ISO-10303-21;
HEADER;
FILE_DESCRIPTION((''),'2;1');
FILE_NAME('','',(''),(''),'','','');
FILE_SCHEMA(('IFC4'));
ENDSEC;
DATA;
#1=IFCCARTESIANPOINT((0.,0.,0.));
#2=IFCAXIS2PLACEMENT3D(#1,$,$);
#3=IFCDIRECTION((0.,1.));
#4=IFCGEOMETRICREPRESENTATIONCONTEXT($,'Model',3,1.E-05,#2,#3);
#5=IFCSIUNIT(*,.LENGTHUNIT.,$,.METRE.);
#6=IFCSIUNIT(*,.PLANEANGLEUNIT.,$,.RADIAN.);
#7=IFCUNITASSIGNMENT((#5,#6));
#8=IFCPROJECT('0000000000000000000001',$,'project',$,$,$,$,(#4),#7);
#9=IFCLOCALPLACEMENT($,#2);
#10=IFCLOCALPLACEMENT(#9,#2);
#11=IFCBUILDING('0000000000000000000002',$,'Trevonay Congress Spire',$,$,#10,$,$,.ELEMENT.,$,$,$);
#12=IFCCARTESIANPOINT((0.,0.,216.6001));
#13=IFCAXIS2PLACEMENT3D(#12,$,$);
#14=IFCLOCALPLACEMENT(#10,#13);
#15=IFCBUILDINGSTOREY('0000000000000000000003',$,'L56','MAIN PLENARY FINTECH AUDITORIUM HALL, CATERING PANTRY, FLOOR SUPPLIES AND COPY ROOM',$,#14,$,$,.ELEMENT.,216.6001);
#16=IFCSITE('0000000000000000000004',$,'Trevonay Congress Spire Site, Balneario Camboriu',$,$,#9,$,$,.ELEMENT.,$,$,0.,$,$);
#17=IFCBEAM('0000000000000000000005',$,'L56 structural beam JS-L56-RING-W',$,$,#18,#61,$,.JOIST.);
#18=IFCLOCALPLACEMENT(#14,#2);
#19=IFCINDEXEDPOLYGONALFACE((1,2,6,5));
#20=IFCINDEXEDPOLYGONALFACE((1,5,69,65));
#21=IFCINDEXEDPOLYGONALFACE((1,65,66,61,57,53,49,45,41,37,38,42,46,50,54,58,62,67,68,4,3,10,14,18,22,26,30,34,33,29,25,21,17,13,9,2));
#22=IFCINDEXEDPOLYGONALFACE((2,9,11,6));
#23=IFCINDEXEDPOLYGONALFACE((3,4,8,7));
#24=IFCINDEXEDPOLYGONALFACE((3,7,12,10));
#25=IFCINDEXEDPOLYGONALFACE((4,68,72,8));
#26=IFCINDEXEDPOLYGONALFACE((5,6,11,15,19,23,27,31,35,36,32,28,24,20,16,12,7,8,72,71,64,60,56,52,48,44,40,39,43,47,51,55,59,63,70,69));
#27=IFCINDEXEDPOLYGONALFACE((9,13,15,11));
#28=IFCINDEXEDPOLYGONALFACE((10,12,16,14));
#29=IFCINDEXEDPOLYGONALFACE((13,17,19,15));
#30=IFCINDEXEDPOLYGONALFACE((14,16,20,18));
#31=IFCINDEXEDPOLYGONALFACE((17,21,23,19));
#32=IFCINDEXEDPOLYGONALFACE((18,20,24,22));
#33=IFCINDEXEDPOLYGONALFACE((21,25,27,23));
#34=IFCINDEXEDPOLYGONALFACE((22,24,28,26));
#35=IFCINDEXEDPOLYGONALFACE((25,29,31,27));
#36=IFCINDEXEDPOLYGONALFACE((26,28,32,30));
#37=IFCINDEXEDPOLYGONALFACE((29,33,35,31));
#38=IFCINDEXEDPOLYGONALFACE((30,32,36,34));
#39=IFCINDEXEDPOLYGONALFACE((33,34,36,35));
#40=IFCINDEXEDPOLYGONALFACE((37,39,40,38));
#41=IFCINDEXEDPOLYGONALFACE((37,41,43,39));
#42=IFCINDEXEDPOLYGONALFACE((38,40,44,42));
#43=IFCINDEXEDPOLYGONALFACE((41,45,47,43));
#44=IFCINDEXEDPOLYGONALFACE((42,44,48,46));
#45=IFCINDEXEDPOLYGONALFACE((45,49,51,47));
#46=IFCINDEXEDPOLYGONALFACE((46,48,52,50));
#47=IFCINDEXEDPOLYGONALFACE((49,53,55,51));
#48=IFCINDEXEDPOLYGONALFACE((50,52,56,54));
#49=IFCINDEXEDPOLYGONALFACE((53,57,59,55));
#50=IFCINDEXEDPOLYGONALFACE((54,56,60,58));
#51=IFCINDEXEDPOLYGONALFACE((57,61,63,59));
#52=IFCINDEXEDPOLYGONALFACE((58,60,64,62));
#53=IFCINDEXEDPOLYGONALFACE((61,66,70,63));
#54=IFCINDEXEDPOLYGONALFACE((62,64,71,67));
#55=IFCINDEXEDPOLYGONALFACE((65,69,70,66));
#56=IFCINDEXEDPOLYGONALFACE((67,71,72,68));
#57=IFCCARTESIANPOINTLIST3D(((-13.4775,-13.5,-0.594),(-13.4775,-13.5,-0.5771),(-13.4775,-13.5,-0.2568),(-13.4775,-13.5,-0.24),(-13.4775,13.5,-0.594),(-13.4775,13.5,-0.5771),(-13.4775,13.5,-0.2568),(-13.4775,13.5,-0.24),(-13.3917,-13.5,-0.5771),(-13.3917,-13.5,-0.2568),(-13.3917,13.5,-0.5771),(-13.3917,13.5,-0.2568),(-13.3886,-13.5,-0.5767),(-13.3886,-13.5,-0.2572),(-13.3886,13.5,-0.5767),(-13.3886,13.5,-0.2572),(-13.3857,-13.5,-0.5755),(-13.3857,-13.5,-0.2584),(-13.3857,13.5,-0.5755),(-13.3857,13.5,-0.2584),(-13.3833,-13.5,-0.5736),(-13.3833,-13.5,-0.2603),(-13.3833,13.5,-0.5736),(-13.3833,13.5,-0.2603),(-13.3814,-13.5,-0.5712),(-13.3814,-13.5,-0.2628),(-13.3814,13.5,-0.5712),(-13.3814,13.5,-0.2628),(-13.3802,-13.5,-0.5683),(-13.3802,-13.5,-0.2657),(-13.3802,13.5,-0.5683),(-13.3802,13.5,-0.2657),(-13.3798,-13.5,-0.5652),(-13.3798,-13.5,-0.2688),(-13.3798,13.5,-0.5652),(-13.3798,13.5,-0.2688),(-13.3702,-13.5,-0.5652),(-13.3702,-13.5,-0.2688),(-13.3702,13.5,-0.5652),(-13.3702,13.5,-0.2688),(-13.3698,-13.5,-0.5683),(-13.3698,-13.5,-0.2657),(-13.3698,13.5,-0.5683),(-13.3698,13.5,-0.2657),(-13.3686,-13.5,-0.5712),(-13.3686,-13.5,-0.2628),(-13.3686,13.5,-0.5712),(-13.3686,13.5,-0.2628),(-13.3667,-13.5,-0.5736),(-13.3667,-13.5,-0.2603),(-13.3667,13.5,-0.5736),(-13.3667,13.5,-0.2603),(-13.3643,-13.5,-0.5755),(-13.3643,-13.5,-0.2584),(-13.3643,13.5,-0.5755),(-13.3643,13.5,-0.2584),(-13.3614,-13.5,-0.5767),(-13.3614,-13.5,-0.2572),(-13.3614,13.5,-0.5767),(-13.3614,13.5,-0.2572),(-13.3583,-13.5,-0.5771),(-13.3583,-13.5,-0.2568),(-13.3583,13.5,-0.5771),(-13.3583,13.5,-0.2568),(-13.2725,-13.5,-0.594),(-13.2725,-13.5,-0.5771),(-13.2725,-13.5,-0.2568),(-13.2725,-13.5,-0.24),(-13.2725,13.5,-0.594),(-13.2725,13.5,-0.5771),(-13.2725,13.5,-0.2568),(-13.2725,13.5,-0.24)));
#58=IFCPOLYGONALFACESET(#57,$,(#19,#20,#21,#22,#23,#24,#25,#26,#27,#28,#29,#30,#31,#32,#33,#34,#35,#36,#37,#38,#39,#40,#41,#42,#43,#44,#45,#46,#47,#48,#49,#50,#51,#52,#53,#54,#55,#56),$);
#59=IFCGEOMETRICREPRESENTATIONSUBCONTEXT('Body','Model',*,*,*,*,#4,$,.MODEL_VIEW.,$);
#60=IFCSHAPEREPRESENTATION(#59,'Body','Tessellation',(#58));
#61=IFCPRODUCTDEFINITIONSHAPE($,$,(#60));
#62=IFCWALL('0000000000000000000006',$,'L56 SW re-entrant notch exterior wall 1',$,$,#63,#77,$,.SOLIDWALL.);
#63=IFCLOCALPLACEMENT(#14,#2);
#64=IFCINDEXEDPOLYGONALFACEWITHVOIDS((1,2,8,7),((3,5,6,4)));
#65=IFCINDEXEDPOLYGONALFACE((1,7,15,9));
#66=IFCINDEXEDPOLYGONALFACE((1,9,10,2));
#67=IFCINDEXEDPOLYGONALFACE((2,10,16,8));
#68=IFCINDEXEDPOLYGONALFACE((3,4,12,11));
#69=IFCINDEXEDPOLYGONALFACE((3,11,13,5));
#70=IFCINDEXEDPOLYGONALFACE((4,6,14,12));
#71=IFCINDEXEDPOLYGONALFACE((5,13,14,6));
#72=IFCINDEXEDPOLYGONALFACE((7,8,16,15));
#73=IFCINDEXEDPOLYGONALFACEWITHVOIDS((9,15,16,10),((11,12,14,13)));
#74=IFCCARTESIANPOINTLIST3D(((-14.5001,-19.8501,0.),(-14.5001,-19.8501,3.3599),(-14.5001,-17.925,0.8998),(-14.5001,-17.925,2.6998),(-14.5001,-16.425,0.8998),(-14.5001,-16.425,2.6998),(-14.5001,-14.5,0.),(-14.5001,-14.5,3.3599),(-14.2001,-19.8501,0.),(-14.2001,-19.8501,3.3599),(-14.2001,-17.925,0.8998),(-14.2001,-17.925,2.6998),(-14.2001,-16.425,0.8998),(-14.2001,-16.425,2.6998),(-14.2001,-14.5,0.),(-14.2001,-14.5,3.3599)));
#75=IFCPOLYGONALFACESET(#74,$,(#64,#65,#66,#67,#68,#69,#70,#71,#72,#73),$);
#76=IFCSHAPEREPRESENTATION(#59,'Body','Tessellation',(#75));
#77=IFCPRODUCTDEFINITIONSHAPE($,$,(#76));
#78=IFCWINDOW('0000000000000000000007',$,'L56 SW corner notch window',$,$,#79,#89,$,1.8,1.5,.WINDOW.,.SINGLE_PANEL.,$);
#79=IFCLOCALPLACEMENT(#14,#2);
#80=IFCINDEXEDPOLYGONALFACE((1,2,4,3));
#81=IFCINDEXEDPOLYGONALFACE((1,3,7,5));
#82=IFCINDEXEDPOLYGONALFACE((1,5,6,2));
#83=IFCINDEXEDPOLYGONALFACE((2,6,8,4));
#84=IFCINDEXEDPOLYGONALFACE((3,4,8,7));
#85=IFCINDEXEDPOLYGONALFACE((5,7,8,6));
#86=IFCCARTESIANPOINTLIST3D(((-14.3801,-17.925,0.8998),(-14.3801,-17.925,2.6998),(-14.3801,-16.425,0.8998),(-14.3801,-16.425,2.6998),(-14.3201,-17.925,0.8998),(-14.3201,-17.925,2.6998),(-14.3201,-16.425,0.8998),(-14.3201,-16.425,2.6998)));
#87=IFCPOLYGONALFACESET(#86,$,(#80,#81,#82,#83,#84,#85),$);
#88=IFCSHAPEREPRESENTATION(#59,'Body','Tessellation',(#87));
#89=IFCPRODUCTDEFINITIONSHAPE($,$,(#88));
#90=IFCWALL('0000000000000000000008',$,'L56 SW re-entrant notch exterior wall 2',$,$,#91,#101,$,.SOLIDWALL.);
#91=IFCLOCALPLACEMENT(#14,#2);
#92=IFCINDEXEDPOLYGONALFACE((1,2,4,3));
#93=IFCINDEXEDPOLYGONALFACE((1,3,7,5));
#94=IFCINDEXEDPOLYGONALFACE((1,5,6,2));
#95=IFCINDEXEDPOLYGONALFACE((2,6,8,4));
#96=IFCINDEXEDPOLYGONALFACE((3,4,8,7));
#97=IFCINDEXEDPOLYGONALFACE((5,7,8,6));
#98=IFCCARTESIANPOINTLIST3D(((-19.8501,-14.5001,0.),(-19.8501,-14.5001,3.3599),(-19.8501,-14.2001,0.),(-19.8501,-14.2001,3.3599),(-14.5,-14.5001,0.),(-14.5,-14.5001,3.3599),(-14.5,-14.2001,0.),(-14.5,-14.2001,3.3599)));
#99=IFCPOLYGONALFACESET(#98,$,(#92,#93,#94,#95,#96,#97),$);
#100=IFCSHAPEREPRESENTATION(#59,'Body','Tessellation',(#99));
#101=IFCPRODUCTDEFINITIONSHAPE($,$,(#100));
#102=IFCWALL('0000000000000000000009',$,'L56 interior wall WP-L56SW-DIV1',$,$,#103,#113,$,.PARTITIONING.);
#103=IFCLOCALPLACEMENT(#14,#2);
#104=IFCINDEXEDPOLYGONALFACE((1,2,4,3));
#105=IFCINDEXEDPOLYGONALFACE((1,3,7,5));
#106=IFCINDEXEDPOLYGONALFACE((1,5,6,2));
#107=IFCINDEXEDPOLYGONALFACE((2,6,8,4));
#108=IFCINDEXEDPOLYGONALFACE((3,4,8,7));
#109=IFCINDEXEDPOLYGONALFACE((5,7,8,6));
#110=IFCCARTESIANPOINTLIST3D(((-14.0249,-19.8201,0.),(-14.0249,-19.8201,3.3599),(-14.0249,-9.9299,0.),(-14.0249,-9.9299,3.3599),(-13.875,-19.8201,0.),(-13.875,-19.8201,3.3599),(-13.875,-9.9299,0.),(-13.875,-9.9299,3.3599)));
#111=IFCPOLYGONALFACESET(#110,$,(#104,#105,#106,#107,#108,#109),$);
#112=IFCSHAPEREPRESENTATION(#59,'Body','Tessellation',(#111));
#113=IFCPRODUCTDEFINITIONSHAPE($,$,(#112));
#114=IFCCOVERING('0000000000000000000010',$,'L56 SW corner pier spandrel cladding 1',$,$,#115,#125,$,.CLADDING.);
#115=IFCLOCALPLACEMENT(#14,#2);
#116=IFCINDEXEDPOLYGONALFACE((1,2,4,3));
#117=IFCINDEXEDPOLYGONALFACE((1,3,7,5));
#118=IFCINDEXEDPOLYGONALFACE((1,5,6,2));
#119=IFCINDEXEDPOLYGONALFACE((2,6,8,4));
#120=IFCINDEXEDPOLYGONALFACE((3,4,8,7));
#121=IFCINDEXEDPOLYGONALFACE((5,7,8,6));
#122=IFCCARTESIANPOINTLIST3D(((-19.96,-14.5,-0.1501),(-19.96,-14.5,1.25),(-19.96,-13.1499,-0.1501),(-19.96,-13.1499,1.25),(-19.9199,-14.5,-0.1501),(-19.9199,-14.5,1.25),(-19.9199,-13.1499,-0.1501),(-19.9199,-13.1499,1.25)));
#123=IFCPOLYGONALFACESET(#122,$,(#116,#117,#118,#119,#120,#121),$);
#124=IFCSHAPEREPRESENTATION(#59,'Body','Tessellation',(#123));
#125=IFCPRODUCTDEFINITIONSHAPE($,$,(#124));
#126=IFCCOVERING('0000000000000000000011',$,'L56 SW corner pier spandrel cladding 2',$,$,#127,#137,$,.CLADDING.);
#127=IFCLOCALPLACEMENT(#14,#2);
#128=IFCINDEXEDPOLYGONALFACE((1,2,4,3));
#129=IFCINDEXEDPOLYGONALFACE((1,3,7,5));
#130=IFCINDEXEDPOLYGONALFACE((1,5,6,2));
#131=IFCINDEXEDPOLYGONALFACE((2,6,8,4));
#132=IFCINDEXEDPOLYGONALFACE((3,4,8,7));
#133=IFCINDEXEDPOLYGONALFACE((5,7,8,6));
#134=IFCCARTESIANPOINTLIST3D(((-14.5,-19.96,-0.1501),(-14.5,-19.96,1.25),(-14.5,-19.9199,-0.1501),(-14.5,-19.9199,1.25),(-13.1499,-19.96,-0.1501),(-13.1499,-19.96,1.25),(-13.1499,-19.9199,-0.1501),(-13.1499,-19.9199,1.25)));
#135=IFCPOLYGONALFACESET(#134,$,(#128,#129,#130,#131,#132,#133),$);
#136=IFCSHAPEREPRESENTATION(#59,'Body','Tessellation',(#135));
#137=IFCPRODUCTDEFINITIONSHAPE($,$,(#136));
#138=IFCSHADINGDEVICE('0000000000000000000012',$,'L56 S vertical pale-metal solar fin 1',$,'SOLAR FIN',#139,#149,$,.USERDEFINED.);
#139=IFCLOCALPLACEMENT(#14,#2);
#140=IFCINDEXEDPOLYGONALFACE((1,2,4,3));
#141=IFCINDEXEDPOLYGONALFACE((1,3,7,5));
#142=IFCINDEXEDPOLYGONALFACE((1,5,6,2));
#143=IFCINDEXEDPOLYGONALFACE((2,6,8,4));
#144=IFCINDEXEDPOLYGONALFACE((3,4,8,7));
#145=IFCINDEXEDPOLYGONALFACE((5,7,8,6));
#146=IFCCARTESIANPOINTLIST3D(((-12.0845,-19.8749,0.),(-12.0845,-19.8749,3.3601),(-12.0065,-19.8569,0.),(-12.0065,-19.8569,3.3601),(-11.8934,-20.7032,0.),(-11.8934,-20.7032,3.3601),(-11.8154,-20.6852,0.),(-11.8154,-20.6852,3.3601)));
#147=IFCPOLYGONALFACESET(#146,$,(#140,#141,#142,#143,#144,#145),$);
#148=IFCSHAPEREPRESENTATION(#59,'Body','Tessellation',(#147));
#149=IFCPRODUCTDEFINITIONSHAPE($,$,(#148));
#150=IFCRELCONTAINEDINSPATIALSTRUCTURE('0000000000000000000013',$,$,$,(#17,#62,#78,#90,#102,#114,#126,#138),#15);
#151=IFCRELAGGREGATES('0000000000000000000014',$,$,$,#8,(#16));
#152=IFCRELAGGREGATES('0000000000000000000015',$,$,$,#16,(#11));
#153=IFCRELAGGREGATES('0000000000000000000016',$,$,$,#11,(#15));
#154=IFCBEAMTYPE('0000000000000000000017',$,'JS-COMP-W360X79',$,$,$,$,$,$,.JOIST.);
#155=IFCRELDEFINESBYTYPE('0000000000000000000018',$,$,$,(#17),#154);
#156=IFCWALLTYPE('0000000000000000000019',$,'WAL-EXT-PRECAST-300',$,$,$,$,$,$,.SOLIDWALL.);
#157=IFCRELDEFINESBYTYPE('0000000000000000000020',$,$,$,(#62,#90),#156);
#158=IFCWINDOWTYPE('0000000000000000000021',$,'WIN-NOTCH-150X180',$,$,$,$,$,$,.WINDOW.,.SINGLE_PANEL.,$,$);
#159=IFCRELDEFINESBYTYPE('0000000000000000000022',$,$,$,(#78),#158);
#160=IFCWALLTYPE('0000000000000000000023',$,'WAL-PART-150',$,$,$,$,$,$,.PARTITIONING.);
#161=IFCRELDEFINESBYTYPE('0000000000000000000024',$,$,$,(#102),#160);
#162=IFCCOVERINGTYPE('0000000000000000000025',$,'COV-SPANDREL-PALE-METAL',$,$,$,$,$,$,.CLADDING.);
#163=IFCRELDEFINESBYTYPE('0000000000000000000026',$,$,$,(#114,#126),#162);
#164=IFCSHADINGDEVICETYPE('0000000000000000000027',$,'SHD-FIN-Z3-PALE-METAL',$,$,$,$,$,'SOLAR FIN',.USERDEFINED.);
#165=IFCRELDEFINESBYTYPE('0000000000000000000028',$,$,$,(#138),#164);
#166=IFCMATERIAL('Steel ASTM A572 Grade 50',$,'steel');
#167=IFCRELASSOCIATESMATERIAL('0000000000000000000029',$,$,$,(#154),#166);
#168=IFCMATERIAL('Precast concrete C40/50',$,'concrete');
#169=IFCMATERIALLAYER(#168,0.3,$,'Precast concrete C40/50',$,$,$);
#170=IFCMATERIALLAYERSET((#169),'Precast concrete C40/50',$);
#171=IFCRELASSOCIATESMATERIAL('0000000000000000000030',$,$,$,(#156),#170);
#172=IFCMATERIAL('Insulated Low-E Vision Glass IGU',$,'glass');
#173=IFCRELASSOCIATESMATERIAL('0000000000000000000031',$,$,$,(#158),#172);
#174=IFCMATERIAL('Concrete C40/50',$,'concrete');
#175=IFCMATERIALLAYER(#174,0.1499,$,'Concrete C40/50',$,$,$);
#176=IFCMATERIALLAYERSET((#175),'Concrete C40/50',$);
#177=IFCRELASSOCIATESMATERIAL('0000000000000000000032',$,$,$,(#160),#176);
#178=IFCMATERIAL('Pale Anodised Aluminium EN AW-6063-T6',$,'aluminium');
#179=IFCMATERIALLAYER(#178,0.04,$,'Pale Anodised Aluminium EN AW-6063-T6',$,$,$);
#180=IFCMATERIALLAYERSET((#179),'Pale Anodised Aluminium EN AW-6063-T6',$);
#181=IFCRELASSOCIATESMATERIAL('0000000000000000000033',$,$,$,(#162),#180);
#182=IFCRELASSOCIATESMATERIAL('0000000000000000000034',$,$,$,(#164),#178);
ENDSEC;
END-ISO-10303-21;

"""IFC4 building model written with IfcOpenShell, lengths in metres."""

from ifc_helpers import new_model, si_unit, direction, frame, frame_2d, origin, origin_2d, place, context, subcontext, project, spatial, rectangle, i_section, extrude, material, layer, layer_set, material_profile, profile_set, type_object, element, fill, save


model = new_model("IFC4")

# Units and contexts
model_context = context("Model", 3, precision=1e-05, world=origin(), true_north=direction((0.0, 1.0)))
body_context = subcontext(model_context, "Body", "Model", "MODEL_VIEW")
ifc_project = project(units=[si_unit("LENGTHUNIT", "METRE"), si_unit("PLANEANGLEUNIT", "RADIAN")], contexts=[model_context])

# Site, building, storey
site_placement = place(None, origin())
site = spatial("IfcSite", under=ifc_project, at=site_placement, Name="Trevonay Congress Spire Site, Balneario Camboriu", CompositionType="ELEMENT", RefElevation=0.0)
building_placement = place(site_placement, origin())
building = spatial("IfcBuilding", under=site, at=building_placement, Name="Trevonay Congress Spire", CompositionType="ELEMENT")
storey_placement = place(building_placement, frame((0.0, 0.0, 216.6001)))
storey = spatial("IfcBuildingStorey", under=building, at=storey_placement, Name="L56", Description="MAIN PLENARY FINTECH AUDITORIUM HALL, CATERING PANTRY, FLOOR SUPPLIES AND COPY ROOM", CompositionType="ELEMENT", Elevation=216.6001)

# Shared definitions
ifc_material_1 = material(Name="Steel ASTM A572 Grade 50", Category="steel")

# Shared definitions
ifc_material_2 = material(Name="Pale Anodised Aluminium EN AW-6063-T6", Category="aluminium")

# Beam
ifc_material_profile_1 = material_profile(ifc_material_1, i_section(OverallWidth=0.2051, OverallDepth=0.354, WebThickness=0.0095, FlangeThickness=0.0168, FilletRadius=0.012, at=origin_2d()), Name="W360x79")
ifc_profile_set_1 = profile_set([ifc_material_profile_1], Name="Steel ASTM A572 Grade 50")
beam_type_1 = type_object("IfcBeamType", Name="JS-COMP-W360X79", PredefinedType="JOIST", material=ifc_profile_set_1)
for number, where, z_axis, x_axis, name in (
    (1, (-13.375, -13.5, -0.417), (0.0, 1.0, 0.0), (-1.0, 0.0, 0.0), "L56 structural beam JS-L56-RING-W"),
):
    element("IfcBeam", number, at=place(storey_placement, frame(where, z_axis=z_axis, x_axis=x_axis)), inside=storey, type_object=beam_type_1, Name=name, PredefinedType="JOIST", context=body_context, shape_type="SweptSolid", body=[
        extrude(i_section(OverallWidth=0.2051, OverallDepth=0.354, WebThickness=0.0095, FlangeThickness=0.0168, FilletRadius=0.012, at=origin_2d()), origin(), (0.0, 0.0, 1.0), 27.0),
    ])

# Wall, opening, window
ifc_material_3 = material(Name="Precast concrete C40/50", Category="concrete")
ifc_layer_1 = layer(ifc_material_3, 0.3, Name="Precast concrete C40/50")
ifc_layer_set_1 = layer_set([ifc_layer_1], Name="Precast concrete C40/50")
wall_type_1 = type_object("IfcWallType", Name="WAL-EXT-PRECAST-300", PredefinedType="SOLIDWALL", material=ifc_layer_set_1)
wall_1_placement = place(storey_placement, frame((-14.3501, -19.8501, 0.0), z_axis=(0.0, 0.0, 1.0), x_axis=(0.0, 1.0, 0.0)))
wall_1 = element("IfcWall", 2, at=wall_1_placement, inside=storey, type_object=wall_type_1, Name="L56 SW re-entrant notch exterior wall 1", PredefinedType="SOLIDWALL", context=body_context, shape_type="SweptSolid", body=[
    extrude(rectangle(XDim=5.3501, YDim=0.3, at=frame_2d((2.675, 0.0))), origin(), (0.0, 0.0, 1.0), 3.3599),
])
opening_placement = place(wall_1_placement, frame((1.925, 0.0, 0.8999)))
opening = element("IfcOpeningElement", 3, at=opening_placement, cuts=wall_1, PredefinedType="OPENING", context=body_context, shape_type="SweptSolid", body=[
    extrude(rectangle(XDim=1.5, YDim=1.8, at=frame_2d((0.75, 0.8999))), frame((0.0, 0.1602, 0.0), z_axis=(0.0, -1.0, 0.0), x_axis=(1.0, 0.0, 0.0)), (0.0, 0.0, 1.0), 0.3201),
])
ifc_material_4 = material(Name="Insulated Low-E Vision Glass IGU", Category="glass")
window_type = type_object("IfcWindowType", Name="WIN-NOTCH-150X180", PartitioningType="SINGLE_PANEL", PredefinedType="WINDOW", material=ifc_material_4)
window_placement = place(opening_placement, origin())
window = element("IfcWindow", 4, at=window_placement, inside=storey, type_object=window_type, Name="L56 SW corner notch window", OverallHeight=1.8, OverallWidth=1.5, PartitioningType="SINGLE_PANEL", PredefinedType="WINDOW", context=body_context, shape_type="SweptSolid", body=[
    extrude(rectangle(XDim=1.5, YDim=1.8, at=frame_2d((0.75, 0.8999))), frame((0.0, 0.03, 0.0), z_axis=(0.0, -1.0, 0.0), x_axis=(1.0, 0.0, 0.0)), (0.0, 0.0, 1.0), 0.0601),
])
fill(opening, window)

# Walls
wall_2_placement = place(storey_placement, frame((-19.8501, -14.3501, 0.0), z_axis=(0.0, 0.0, 1.0), x_axis=(1.0, 0.0, 0.0)))
element("IfcWall", 5, at=wall_2_placement, inside=storey, type_object=wall_type_1, Name="L56 SW re-entrant notch exterior wall 2", PredefinedType="SOLIDWALL", context=body_context, shape_type="SweptSolid", body=[
    extrude(rectangle(XDim=5.3501, YDim=0.3, at=frame_2d((2.675, 0.0))), origin(), (0.0, 0.0, 1.0), 3.3599),
])
ifc_material_5 = material(Name="Concrete C40/50", Category="concrete")
ifc_layer_2 = layer(ifc_material_5, 0.1499, Name="Concrete C40/50")
ifc_layer_set_2 = layer_set([ifc_layer_2], Name="Concrete C40/50")
wall_type_2 = type_object("IfcWallType", Name="WAL-PART-150", PredefinedType="PARTITIONING", material=ifc_layer_set_2)
wall_3_placement = place(storey_placement, frame((-13.95, -19.8201, 0.0), z_axis=(0.0, 0.0, 1.0), x_axis=(0.0, 1.0, 0.0)))
element("IfcWall", 6, at=wall_3_placement, inside=storey, type_object=wall_type_2, Name="L56 interior wall WP-L56SW-DIV1", PredefinedType="PARTITIONING", context=body_context, shape_type="SweptSolid", body=[
    extrude(rectangle(XDim=9.8901, YDim=0.1499, at=frame_2d((4.9451, 0.0))), origin(), (0.0, 0.0, 1.0), 3.3599),
])

# Coverings
ifc_layer_3 = layer(ifc_material_2, 0.04, Name="Pale Anodised Aluminium EN AW-6063-T6")
ifc_layer_set_3 = layer_set([ifc_layer_3], Name="Pale Anodised Aluminium EN AW-6063-T6")
covering_type = type_object("IfcCoveringType", Name="COV-SPANDREL-PALE-METAL", PredefinedType="CLADDING", material=ifc_layer_set_3)
for number, where, z_axis, x_axis, name in (
    (7, (-19.9399, -13.1499, -0.1501), (0.0, 0.0, 1.0), (0.0, -1.0, 0.0), "L56 SW corner pier spandrel cladding 1"),
    (8, (-13.1499, -19.9399, -0.1501), (0.0, 0.0, 1.0), (-1.0, 0.0, 0.0), "L56 SW corner pier spandrel cladding 2"),
):
    element("IfcCovering", number, at=place(storey_placement, frame(where, z_axis=z_axis, x_axis=x_axis)), inside=storey, type_object=covering_type, Name=name, PredefinedType="CLADDING", context=body_context, shape_type="SweptSolid", body=[
        extrude(rectangle(XDim=1.3501, YDim=0.04, at=frame_2d((0.675, 0.0))), origin(), (0.0, 0.0, 1.0), 1.4001),
    ])

# Shading device
shading_device_type = type_object("IfcShadingDeviceType", Name="SHD-FIN-Z3-PALE-METAL", ElementType="SOLAR FIN", PredefinedType="USERDEFINED", material=ifc_material_2)
shading_device_placement = place(storey_placement, frame((-11.95, -20.28, 0.0), z_axis=(0.0, 0.0, 1.0), x_axis=(0.974409, 0.224781, 0.0)))
element("IfcShadingDevice", 9, at=shading_device_placement, inside=storey, type_object=shading_device_type, Name="L56 S vertical pale-metal solar fin 1", ObjectType="SOLAR FIN", PredefinedType="USERDEFINED", context=body_context, shape_type="SweptSolid", body=[
    extrude(rectangle(XDim=0.0801, YDim=0.8501, at=origin_2d()), origin(), (0.0, 0.0, 1.0), 3.3601),
])

save(model, "model.ifc")
